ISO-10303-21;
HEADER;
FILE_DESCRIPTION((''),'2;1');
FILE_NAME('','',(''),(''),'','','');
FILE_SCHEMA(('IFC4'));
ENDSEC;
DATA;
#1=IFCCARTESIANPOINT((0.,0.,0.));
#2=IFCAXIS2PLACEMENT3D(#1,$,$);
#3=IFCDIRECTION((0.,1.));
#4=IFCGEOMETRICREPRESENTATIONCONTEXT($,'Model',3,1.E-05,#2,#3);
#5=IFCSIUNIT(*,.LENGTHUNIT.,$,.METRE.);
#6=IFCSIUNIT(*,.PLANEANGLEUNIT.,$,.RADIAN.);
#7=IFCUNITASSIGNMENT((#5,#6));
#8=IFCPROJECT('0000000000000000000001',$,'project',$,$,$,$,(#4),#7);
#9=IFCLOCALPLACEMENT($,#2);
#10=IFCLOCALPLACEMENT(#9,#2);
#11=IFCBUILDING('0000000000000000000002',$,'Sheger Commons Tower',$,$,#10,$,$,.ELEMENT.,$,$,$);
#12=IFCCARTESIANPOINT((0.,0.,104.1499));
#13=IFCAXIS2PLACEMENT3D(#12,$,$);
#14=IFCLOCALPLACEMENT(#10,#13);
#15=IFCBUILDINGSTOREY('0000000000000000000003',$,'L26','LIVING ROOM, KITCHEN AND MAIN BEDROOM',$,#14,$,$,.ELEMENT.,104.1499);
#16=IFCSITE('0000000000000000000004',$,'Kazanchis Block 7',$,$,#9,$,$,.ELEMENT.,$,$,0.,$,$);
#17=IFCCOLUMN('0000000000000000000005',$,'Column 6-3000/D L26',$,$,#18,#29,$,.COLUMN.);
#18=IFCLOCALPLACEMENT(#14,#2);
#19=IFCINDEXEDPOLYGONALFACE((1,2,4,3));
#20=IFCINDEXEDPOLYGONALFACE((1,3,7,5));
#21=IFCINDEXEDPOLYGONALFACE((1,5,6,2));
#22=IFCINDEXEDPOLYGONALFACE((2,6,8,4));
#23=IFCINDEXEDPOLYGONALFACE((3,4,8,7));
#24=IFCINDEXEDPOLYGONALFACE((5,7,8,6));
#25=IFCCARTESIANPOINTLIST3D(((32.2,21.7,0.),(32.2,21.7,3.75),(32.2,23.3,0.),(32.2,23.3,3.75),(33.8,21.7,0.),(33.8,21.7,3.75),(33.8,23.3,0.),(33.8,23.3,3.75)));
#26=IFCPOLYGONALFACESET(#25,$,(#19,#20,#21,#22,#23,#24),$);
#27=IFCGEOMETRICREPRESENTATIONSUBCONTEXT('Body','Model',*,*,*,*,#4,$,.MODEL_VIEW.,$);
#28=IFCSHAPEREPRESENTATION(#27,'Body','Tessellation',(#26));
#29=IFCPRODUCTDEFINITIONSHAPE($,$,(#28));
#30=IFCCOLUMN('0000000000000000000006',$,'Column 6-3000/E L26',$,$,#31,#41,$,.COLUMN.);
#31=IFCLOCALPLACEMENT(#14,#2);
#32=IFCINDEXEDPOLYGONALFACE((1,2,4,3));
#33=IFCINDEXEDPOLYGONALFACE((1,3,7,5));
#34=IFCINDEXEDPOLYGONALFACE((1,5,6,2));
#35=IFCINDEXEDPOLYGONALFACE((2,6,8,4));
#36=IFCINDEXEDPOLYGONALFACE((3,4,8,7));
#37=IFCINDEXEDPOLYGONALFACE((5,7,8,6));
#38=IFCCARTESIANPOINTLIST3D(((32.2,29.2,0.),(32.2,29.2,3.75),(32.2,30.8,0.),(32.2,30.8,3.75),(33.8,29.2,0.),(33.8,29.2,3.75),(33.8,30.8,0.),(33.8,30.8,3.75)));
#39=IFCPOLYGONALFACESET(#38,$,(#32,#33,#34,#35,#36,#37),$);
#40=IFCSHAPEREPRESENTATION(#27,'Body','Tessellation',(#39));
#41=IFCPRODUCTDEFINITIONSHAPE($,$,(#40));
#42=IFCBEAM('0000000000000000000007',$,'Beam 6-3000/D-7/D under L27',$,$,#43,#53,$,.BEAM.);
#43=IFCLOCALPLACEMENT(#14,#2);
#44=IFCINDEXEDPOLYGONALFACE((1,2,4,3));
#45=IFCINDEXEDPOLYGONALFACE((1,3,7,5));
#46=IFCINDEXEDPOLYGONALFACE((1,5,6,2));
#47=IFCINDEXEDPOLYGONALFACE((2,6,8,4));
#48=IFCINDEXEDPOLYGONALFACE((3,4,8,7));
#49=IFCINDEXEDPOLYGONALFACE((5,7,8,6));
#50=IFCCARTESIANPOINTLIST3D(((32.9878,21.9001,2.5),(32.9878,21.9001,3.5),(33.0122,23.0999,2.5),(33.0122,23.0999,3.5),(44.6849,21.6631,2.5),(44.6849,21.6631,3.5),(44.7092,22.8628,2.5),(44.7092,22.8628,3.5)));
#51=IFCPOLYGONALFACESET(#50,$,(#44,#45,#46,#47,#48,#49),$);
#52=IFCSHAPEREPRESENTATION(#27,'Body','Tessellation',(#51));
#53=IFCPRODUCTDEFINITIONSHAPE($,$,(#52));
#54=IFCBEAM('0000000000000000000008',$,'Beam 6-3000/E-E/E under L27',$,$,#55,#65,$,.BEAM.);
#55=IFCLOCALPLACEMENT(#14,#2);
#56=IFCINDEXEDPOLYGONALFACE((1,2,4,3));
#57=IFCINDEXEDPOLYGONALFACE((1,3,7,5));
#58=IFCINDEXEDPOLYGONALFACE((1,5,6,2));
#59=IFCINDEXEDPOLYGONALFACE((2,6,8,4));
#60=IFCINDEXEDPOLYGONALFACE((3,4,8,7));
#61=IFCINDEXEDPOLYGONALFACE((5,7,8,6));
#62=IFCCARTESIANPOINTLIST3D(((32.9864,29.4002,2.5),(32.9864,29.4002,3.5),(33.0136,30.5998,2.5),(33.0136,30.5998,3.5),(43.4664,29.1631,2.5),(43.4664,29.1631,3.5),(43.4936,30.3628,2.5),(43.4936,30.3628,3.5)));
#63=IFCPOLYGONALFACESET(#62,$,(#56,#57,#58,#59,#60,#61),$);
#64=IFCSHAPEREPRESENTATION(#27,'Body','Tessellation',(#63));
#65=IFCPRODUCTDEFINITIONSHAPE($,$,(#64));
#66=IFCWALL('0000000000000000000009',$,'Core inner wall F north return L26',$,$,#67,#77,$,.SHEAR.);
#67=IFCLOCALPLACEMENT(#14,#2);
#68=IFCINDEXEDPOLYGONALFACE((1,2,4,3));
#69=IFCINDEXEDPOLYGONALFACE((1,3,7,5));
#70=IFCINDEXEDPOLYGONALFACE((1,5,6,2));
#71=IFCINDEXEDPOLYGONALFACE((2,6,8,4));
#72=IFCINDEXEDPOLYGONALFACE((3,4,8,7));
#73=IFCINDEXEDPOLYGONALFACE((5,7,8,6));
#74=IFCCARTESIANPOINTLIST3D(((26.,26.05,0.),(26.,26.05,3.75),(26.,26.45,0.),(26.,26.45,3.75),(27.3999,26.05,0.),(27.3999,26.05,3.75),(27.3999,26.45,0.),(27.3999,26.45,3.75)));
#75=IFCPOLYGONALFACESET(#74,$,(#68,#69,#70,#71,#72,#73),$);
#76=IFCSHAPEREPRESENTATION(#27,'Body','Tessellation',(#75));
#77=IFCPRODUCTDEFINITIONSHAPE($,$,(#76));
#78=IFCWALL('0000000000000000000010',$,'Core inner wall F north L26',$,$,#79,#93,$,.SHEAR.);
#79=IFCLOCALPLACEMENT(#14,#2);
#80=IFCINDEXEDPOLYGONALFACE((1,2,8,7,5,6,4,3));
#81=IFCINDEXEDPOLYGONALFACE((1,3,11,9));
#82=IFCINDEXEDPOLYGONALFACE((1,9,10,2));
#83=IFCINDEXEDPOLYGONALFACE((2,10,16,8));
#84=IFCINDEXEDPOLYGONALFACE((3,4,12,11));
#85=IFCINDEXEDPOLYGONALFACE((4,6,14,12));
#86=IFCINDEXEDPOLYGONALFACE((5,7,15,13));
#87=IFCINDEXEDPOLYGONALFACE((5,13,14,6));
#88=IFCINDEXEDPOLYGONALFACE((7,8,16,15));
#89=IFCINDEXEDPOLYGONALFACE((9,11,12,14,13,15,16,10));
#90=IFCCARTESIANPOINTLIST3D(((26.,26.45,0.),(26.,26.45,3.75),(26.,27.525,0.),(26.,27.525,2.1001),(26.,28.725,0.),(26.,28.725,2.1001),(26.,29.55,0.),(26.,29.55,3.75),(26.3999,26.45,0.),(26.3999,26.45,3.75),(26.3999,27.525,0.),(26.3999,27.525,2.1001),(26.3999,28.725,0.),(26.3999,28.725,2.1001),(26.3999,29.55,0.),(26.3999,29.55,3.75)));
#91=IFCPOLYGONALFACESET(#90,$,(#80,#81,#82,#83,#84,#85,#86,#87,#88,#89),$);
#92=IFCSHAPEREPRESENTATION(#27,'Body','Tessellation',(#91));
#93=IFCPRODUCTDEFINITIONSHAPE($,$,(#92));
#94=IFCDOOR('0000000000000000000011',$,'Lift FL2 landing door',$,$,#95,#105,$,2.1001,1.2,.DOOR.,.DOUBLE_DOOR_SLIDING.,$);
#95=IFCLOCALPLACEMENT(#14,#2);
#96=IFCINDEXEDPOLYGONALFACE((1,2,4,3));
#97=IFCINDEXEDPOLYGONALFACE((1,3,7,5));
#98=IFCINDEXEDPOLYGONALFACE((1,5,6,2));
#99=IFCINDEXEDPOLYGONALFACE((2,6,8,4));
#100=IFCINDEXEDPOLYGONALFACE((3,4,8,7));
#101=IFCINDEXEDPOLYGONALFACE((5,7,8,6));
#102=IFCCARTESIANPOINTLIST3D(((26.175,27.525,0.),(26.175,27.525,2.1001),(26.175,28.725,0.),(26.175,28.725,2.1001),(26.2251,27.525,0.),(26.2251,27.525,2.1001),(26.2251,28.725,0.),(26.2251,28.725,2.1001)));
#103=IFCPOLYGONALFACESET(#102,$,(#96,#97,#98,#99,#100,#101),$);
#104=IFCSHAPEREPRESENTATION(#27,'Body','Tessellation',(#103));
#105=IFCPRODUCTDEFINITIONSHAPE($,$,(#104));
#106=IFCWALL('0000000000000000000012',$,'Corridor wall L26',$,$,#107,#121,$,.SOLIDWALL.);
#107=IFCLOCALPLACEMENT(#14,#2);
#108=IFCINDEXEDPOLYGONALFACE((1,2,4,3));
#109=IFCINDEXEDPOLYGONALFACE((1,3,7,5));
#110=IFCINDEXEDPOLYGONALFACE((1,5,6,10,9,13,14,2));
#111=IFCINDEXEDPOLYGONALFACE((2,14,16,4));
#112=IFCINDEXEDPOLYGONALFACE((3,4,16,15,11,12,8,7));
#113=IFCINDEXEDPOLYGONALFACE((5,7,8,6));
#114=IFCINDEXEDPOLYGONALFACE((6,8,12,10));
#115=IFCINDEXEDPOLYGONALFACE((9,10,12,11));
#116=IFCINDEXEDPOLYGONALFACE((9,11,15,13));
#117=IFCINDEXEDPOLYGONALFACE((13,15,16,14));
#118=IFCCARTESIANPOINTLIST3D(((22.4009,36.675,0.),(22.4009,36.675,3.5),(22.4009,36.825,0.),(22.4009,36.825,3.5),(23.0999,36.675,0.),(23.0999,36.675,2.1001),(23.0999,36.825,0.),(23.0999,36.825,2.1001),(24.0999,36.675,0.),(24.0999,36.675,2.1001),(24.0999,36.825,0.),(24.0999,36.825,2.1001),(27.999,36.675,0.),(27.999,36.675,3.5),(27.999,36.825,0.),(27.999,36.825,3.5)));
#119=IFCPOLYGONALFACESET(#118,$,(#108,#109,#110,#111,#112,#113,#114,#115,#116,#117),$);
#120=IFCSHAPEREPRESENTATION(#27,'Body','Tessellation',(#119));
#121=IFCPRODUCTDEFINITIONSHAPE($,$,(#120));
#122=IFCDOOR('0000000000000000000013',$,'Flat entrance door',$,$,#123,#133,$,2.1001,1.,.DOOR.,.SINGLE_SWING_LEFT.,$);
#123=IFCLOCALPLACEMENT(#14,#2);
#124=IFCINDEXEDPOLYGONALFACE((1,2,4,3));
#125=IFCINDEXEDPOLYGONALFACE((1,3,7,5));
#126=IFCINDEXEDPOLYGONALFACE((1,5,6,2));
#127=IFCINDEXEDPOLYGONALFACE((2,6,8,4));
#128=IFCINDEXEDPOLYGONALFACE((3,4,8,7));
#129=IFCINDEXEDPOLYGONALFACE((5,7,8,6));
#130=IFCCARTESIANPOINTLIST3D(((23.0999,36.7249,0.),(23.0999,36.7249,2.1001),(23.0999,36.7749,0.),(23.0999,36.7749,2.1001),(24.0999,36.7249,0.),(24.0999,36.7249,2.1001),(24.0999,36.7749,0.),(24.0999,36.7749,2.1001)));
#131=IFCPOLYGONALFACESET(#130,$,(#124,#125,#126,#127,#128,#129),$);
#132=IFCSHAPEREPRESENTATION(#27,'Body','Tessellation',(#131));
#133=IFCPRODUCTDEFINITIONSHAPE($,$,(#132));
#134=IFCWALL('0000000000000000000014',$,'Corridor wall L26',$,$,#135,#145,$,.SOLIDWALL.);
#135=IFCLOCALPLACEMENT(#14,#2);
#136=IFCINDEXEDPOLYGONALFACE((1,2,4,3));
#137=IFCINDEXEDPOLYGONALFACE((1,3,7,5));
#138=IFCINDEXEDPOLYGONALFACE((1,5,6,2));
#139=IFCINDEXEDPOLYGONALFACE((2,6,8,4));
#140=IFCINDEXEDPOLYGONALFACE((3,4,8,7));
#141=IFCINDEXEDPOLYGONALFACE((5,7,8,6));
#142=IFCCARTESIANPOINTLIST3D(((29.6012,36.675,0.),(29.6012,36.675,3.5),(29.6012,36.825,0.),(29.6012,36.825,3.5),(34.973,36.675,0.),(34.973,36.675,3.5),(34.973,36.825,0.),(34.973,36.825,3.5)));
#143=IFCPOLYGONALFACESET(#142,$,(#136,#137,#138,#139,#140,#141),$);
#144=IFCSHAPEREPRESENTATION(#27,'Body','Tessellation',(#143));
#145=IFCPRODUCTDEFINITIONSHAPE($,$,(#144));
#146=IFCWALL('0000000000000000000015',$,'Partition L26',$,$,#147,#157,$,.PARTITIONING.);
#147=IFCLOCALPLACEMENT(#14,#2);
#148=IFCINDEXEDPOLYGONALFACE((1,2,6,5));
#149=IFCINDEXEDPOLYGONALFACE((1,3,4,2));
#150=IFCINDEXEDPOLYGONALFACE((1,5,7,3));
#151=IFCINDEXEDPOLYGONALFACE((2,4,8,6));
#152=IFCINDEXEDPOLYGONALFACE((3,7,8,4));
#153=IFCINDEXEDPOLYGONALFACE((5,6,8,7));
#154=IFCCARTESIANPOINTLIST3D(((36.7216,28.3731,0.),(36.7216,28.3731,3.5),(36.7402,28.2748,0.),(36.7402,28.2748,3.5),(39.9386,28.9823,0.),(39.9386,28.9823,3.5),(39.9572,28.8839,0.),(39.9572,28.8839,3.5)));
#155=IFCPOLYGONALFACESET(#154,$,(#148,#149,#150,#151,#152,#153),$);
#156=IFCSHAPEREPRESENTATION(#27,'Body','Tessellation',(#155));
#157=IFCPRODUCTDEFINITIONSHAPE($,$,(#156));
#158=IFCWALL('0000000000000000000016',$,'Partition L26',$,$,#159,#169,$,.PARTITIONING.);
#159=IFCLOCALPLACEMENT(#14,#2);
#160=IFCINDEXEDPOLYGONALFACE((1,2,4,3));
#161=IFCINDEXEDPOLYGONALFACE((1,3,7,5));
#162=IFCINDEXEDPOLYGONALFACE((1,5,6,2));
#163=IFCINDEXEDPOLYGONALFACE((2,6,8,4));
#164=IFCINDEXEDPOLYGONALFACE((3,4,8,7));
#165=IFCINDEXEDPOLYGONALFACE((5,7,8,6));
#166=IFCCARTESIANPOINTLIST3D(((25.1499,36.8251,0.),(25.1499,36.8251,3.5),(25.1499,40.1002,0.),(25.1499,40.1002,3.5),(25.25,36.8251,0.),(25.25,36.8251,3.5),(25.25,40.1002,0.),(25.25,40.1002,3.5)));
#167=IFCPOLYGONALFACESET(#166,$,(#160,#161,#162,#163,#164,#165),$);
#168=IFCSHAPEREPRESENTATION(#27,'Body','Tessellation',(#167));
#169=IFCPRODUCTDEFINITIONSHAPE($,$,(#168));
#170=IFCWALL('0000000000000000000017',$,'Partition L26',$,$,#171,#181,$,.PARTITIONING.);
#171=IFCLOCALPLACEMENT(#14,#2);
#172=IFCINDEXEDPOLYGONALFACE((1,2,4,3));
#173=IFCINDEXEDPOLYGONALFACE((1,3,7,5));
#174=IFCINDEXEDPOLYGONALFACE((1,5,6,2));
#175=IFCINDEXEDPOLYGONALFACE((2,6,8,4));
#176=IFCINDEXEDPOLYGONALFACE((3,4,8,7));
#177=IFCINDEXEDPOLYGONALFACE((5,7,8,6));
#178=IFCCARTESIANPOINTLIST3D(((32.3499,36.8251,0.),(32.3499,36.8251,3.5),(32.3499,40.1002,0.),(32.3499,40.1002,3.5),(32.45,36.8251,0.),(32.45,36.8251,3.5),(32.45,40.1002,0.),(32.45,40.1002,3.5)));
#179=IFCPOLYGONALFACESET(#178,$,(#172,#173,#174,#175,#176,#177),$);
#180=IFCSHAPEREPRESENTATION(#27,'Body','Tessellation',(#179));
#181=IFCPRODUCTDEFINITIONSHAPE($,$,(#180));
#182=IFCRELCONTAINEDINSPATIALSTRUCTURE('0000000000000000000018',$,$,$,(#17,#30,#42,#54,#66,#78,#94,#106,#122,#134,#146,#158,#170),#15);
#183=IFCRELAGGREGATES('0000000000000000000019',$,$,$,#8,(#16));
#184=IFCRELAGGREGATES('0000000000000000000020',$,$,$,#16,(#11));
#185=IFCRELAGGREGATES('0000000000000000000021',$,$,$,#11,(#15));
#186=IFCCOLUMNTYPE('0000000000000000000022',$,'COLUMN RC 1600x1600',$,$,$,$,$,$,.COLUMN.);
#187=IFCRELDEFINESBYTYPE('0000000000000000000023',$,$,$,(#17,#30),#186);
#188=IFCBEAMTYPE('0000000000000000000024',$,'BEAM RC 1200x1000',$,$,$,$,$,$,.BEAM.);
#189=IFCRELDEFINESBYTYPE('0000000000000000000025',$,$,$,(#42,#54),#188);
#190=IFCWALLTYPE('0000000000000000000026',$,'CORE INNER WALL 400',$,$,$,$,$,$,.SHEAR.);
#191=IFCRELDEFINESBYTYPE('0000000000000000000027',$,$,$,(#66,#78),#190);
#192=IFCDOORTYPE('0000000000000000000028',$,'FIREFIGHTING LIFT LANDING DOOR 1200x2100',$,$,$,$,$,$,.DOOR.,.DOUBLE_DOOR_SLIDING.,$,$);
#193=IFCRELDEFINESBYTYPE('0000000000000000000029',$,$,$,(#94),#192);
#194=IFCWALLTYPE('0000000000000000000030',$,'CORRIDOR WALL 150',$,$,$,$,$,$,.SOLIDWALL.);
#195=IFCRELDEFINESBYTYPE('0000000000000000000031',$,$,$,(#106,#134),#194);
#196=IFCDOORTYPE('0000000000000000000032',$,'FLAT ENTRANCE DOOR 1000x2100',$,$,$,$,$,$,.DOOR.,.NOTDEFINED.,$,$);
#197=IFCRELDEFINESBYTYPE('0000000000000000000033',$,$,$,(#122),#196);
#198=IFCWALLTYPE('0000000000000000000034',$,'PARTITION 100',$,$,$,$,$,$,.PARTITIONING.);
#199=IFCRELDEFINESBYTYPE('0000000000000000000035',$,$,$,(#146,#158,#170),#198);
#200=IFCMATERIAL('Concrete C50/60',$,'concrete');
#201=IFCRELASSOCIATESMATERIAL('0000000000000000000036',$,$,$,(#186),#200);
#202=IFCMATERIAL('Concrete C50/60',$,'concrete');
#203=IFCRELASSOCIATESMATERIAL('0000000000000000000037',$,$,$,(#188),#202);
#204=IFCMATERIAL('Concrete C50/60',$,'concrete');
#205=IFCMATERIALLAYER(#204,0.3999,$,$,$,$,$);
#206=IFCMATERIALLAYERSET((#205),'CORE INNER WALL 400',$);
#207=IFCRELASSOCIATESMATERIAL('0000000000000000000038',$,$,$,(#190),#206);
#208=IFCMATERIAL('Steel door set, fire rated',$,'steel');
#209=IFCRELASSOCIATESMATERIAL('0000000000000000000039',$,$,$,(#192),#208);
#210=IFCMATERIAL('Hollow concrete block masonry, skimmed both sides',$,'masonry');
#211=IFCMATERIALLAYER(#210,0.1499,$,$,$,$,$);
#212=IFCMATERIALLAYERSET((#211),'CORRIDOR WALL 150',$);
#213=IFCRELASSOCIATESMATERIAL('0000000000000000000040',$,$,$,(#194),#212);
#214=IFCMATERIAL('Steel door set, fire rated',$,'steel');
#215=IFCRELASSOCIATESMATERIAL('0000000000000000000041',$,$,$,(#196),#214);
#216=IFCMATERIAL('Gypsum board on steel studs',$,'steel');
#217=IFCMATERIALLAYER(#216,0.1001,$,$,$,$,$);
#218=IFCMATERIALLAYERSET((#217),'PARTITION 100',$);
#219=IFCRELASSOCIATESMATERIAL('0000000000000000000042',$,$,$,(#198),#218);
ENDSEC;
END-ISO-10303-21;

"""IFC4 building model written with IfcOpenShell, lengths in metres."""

from ifc_helpers import new_model, si_unit, direction, frame, frame_2d, origin, origin_2d, place, context, subcontext, project, spatial, rectangle, extrude, material, layer, layer_set, material_profile, profile_set, type_object, element, fill, save


model = new_model("IFC4")

# Units and contexts
model_context = context("Model", 3, precision=1e-05, world=origin(), true_north=direction((0.0, 1.0)))
body_context = subcontext(model_context, "Body", "Model", "MODEL_VIEW")
ifc_project = project(units=[si_unit("LENGTHUNIT", "METRE"), si_unit("PLANEANGLEUNIT", "RADIAN")], contexts=[model_context])

# Site, building, storey
site_placement = place(None, origin())
site = spatial("IfcSite", under=ifc_project, at=site_placement, Name="Kazanchis Block 7", CompositionType="ELEMENT", RefElevation=0.0)
building_placement = place(site_placement, origin())
building = spatial("IfcBuilding", under=site, at=building_placement, Name="Sheger Commons Tower", CompositionType="ELEMENT")
storey_placement = place(building_placement, frame((0.0, 0.0, 104.1499)))
storey = spatial("IfcBuildingStorey", under=building, at=storey_placement, Name="L26", Description="LIVING ROOM, KITCHEN AND MAIN BEDROOM", CompositionType="ELEMENT", Elevation=104.1499)

# Columns
ifc_material_1 = material(Name="Concrete C50/60", Category="concrete")
ifc_material_profile_1 = material_profile(ifc_material_1, rectangle(XDim=1.6001, YDim=1.6001, at=origin_2d()), Name="RC 1600x1600")
ifc_profile_set_1 = profile_set([ifc_material_profile_1], Name="Concrete C50/60")
column_type = type_object("IfcColumnType", Name="COLUMN RC 1600x1600", PredefinedType="COLUMN", material=ifc_profile_set_1)
for number, where, z_axis, x_axis, name in (
    (1, (33.0, 22.5, 0.0), (0.0, 0.0, 1.0), (1.0, 0.0, 0.0), "Column 6-3000/D L26"),
    (2, (33.0, 30.0, 0.0), (0.0, 0.0, 1.0), (1.0, 0.0, 0.0), "Column 6-3000/E L26"),
):
    element("IfcColumn", number, at=place(storey_placement, frame(where, z_axis=z_axis, x_axis=x_axis)), inside=storey, type_object=column_type, Name=name, PredefinedType="COLUMN", context=body_context, shape_type="SweptSolid", body=[
        extrude(rectangle(XDim=1.6001, YDim=1.6001, at=origin_2d()), origin(), (0.0, 0.0, 1.0), 3.75),
    ])

# Beams
ifc_material_2 = material(Name="Concrete C50/60", Category="concrete")
ifc_material_profile_2 = material_profile(ifc_material_2, rectangle(XDim=1.2, YDim=1.0, at=origin_2d()), Name="RC 1200x1000")
ifc_profile_set_2 = profile_set([ifc_material_profile_2], Name="Concrete C50/60")
beam_type = type_object("IfcBeamType", Name="BEAM RC 1200x1000", PredefinedType="BEAM", material=ifc_profile_set_2)
beam_1_placement = place(storey_placement, frame((33.0, 22.5, 3.0), z_axis=(0.999795, -0.020263, 0.0), x_axis=(0.020263, 0.999795, 0.0)))
element("IfcBeam", 3, at=beam_1_placement, inside=storey, type_object=beam_type, Name="Beam 6-3000/D-7/D under L27", PredefinedType="BEAM", context=body_context, shape_type="SweptSolid", body=[
    extrude(rectangle(XDim=1.2, YDim=1.0, at=origin_2d()), origin(), (0.0, 0.0, 1.0), 11.6995),
])
beam_2_placement = place(storey_placement, frame((33.0, 30.0, 3.0), z_axis=(0.999744, -0.022615, 0.0), x_axis=(0.022615, 0.999744, 0.0)))
element("IfcBeam", 4, at=beam_2_placement, inside=storey, type_object=beam_type, Name="Beam 6-3000/E-E/E under L27", PredefinedType="BEAM", context=body_context, shape_type="SweptSolid", body=[
    extrude(rectangle(XDim=1.2, YDim=1.0, at=origin_2d()), origin(), (0.0, 0.0, 1.0), 10.4827),
])

# Wall
ifc_material_3 = material(Name="Concrete C50/60", Category="concrete")
ifc_layer_1 = layer(ifc_material_3, 0.3999)
ifc_layer_set_1 = layer_set([ifc_layer_1], Name="CORE INNER WALL 400")
wall_type_1 = type_object("IfcWallType", Name="CORE INNER WALL 400", PredefinedType="SHEAR", material=ifc_layer_set_1)
wall_1_placement = place(storey_placement, frame((26.0, 26.25, 0.0), z_axis=(0.0, 0.0, 1.0), x_axis=(1.0, 0.0, 0.0)))
element("IfcWall", 5, at=wall_1_placement, inside=storey, type_object=wall_type_1, Name="Core inner wall F north return L26", PredefinedType="SHEAR", context=body_context, shape_type="SweptSolid", body=[
    extrude(rectangle(XDim=1.3999, YDim=0.3999, at=frame_2d((0.7, 0.0))), origin(), (0.0, 0.0, 1.0), 3.75),
])

# Walls, openings, doors
wall_2_placement = place(storey_placement, frame((26.2, 26.45, 0.0), z_axis=(0.0, 0.0, 1.0), x_axis=(0.0, 1.0, 0.0)))
wall_2 = element("IfcWall", 6, at=wall_2_placement, inside=storey, type_object=wall_type_1, Name="Core inner wall F north L26", PredefinedType="SHEAR", context=body_context, shape_type="SweptSolid", body=[
    extrude(rectangle(XDim=3.1001, YDim=0.3999, at=frame_2d((1.55, 0.0))), origin(), (0.0, 0.0, 1.0), 3.75),
])
opening_1_placement = place(wall_2_placement, frame((1.075, 0.0, 0.0)))
opening_1 = element("IfcOpeningElement", 7, at=opening_1_placement, cuts=wall_2, PredefinedType="OPENING", context=body_context, shape_type="SweptSolid", body=[
    extrude(rectangle(XDim=1.2, YDim=2.1001, at=frame_2d((0.6001, 1.05))), frame((0.0, 0.21, 0.0), z_axis=(0.0, -1.0, 0.0), x_axis=(1.0, 0.0, 0.0)), (0.0, 0.0, 1.0), 0.4199),
])
ifc_material_4 = material(Name="Steel door set, fire rated", Category="steel")
door_type_1 = type_object("IfcDoorType", Name="FIREFIGHTING LIFT LANDING DOOR 1200x2100", OperationType="DOUBLE_DOOR_SLIDING", PredefinedType="DOOR", material=ifc_material_4)
door_1_placement = place(opening_1_placement, origin())
door_1 = element("IfcDoor", 8, at=door_1_placement, inside=storey, type_object=door_type_1, Name="Lift FL2 landing door", OperationType="DOUBLE_DOOR_SLIDING", OverallHeight=2.1001, OverallWidth=1.2, PredefinedType="DOOR", context=body_context, shape_type="SweptSolid", body=[
    extrude(rectangle(XDim=1.2, YDim=2.1001, at=frame_2d((0.6001, 1.05))), frame((0.0, 0.0249, 0.0), z_axis=(0.0, -1.0, 0.0), x_axis=(1.0, 0.0, 0.0)), (0.0, 0.0, 1.0), 0.05),
])
fill(opening_1, door_1)
ifc_material_5 = material(Name="Hollow concrete block masonry, skimmed both sides", Category="masonry")
ifc_layer_2 = layer(ifc_material_5, 0.1499)
ifc_layer_set_2 = layer_set([ifc_layer_2], Name="CORRIDOR WALL 150")
wall_type_2 = type_object("IfcWallType", Name="CORRIDOR WALL 150", PredefinedType="SOLIDWALL", material=ifc_layer_set_2)
wall_3_placement = place(storey_placement, frame((22.4009, 36.75, 0.0), z_axis=(0.0, 0.0, 1.0), x_axis=(1.0, 0.0, 0.0)))
wall_3 = element("IfcWall", 9, at=wall_3_placement, inside=storey, type_object=wall_type_2, Name="Corridor wall L26", PredefinedType="SOLIDWALL", context=body_context, shape_type="SweptSolid", body=[
    extrude(rectangle(XDim=5.5981, YDim=0.1499, at=frame_2d((2.7991, 0.0))), origin(), (0.0, 0.0, 1.0), 3.5),
])
opening_2_placement = place(wall_3_placement, frame((0.699, 0.0, 0.0)))
opening_2 = element("IfcOpeningElement", 10, at=opening_2_placement, cuts=wall_3, PredefinedType="OPENING", context=body_context, shape_type="SweptSolid", body=[
    extrude(rectangle(XDim=1.0, YDim=2.1001, at=frame_2d((0.5, 1.05))), frame((0.0, 0.085, 0.0), z_axis=(0.0, -1.0, 0.0), x_axis=(1.0, 0.0, 0.0)), (0.0, 0.0, 1.0), 0.1699),
])
ifc_material_6 = material(Name="Steel door set, fire rated", Category="steel")
door_type_2 = type_object("IfcDoorType", Name="FLAT ENTRANCE DOOR 1000x2100", OperationType="NOTDEFINED", PredefinedType="DOOR", material=ifc_material_6)
door_2_placement = place(opening_2_placement, origin())
door_2 = element("IfcDoor", 11, at=door_2_placement, inside=storey, type_object=door_type_2, Name="Flat entrance door", OperationType="SINGLE_SWING_LEFT", OverallHeight=2.1001, OverallWidth=1.0, PredefinedType="DOOR", context=body_context, shape_type="SweptSolid", body=[
    extrude(rectangle(XDim=1.0, YDim=2.1001, at=frame_2d((0.5, 1.05))), frame((0.0, 0.0249, 0.0), z_axis=(0.0, -1.0, 0.0), x_axis=(1.0, 0.0, 0.0)), (0.0, 0.0, 1.0), 0.05),
])
fill(opening_2, door_2)

# Walls
wall_4_placement = place(storey_placement, frame((29.6011, 36.75, 0.0), z_axis=(0.0, 0.0, 1.0), x_axis=(1.0, 0.0, 0.0)))
element("IfcWall", 12, at=wall_4_placement, inside=storey, type_object=wall_type_2, Name="Corridor wall L26", PredefinedType="SOLIDWALL", context=body_context, shape_type="SweptSolid", body=[
    extrude(rectangle(XDim=5.3718, YDim=0.1499, at=frame_2d((2.686, 0.0))), origin(), (0.0, 0.0, 1.0), 3.5),
])
ifc_material_7 = material(Name="Gypsum board on steel studs", Category="steel")
ifc_layer_3 = layer(ifc_material_7, 0.1001)
ifc_layer_set_3 = layer_set([ifc_layer_3], Name="PARTITION 100")
wall_type_3 = type_object("IfcWallType", Name="PARTITION 100", PredefinedType="PARTITIONING", material=ifc_layer_set_3)
wall_5_placement = place(storey_placement, frame((39.948, 28.9331, 0.0), z_axis=(0.0, 0.0, 1.0), x_axis=(-0.982542, -0.18604, 0.0)))
element("IfcWall", 13, at=wall_5_placement, inside=storey, type_object=wall_type_3, Name="Partition L26", PredefinedType="PARTITIONING", context=body_context, shape_type="SweptSolid", body=[
    extrude(rectangle(XDim=3.2742, YDim=0.1001, at=frame_2d((1.6372, 0.0))), origin(), (0.0, 0.0, 1.0), 3.5),
])
for number, where, z_axis, x_axis, name in (
    (14, (25.2, 36.825, 0.0), (0.0, 0.0, 1.0), (0.0, 1.0, 0.0), "Partition L26"),
    (15, (32.3999, 36.825, 0.0), (0.0, 0.0, 1.0), (0.0, 1.0, 0.0), "Partition L26"),
):
    element("IfcWall", number, at=place(storey_placement, frame(where, z_axis=z_axis, x_axis=x_axis)), inside=storey, type_object=wall_type_3, Name=name, PredefinedType="PARTITIONING", context=body_context, shape_type="SweptSolid", body=[
        extrude(rectangle(XDim=3.2751, YDim=0.1001, at=frame_2d((1.6377, 0.0))), origin(), (0.0, 0.0, 1.0), 3.5),
    ])

save(model, "model.ifc")
